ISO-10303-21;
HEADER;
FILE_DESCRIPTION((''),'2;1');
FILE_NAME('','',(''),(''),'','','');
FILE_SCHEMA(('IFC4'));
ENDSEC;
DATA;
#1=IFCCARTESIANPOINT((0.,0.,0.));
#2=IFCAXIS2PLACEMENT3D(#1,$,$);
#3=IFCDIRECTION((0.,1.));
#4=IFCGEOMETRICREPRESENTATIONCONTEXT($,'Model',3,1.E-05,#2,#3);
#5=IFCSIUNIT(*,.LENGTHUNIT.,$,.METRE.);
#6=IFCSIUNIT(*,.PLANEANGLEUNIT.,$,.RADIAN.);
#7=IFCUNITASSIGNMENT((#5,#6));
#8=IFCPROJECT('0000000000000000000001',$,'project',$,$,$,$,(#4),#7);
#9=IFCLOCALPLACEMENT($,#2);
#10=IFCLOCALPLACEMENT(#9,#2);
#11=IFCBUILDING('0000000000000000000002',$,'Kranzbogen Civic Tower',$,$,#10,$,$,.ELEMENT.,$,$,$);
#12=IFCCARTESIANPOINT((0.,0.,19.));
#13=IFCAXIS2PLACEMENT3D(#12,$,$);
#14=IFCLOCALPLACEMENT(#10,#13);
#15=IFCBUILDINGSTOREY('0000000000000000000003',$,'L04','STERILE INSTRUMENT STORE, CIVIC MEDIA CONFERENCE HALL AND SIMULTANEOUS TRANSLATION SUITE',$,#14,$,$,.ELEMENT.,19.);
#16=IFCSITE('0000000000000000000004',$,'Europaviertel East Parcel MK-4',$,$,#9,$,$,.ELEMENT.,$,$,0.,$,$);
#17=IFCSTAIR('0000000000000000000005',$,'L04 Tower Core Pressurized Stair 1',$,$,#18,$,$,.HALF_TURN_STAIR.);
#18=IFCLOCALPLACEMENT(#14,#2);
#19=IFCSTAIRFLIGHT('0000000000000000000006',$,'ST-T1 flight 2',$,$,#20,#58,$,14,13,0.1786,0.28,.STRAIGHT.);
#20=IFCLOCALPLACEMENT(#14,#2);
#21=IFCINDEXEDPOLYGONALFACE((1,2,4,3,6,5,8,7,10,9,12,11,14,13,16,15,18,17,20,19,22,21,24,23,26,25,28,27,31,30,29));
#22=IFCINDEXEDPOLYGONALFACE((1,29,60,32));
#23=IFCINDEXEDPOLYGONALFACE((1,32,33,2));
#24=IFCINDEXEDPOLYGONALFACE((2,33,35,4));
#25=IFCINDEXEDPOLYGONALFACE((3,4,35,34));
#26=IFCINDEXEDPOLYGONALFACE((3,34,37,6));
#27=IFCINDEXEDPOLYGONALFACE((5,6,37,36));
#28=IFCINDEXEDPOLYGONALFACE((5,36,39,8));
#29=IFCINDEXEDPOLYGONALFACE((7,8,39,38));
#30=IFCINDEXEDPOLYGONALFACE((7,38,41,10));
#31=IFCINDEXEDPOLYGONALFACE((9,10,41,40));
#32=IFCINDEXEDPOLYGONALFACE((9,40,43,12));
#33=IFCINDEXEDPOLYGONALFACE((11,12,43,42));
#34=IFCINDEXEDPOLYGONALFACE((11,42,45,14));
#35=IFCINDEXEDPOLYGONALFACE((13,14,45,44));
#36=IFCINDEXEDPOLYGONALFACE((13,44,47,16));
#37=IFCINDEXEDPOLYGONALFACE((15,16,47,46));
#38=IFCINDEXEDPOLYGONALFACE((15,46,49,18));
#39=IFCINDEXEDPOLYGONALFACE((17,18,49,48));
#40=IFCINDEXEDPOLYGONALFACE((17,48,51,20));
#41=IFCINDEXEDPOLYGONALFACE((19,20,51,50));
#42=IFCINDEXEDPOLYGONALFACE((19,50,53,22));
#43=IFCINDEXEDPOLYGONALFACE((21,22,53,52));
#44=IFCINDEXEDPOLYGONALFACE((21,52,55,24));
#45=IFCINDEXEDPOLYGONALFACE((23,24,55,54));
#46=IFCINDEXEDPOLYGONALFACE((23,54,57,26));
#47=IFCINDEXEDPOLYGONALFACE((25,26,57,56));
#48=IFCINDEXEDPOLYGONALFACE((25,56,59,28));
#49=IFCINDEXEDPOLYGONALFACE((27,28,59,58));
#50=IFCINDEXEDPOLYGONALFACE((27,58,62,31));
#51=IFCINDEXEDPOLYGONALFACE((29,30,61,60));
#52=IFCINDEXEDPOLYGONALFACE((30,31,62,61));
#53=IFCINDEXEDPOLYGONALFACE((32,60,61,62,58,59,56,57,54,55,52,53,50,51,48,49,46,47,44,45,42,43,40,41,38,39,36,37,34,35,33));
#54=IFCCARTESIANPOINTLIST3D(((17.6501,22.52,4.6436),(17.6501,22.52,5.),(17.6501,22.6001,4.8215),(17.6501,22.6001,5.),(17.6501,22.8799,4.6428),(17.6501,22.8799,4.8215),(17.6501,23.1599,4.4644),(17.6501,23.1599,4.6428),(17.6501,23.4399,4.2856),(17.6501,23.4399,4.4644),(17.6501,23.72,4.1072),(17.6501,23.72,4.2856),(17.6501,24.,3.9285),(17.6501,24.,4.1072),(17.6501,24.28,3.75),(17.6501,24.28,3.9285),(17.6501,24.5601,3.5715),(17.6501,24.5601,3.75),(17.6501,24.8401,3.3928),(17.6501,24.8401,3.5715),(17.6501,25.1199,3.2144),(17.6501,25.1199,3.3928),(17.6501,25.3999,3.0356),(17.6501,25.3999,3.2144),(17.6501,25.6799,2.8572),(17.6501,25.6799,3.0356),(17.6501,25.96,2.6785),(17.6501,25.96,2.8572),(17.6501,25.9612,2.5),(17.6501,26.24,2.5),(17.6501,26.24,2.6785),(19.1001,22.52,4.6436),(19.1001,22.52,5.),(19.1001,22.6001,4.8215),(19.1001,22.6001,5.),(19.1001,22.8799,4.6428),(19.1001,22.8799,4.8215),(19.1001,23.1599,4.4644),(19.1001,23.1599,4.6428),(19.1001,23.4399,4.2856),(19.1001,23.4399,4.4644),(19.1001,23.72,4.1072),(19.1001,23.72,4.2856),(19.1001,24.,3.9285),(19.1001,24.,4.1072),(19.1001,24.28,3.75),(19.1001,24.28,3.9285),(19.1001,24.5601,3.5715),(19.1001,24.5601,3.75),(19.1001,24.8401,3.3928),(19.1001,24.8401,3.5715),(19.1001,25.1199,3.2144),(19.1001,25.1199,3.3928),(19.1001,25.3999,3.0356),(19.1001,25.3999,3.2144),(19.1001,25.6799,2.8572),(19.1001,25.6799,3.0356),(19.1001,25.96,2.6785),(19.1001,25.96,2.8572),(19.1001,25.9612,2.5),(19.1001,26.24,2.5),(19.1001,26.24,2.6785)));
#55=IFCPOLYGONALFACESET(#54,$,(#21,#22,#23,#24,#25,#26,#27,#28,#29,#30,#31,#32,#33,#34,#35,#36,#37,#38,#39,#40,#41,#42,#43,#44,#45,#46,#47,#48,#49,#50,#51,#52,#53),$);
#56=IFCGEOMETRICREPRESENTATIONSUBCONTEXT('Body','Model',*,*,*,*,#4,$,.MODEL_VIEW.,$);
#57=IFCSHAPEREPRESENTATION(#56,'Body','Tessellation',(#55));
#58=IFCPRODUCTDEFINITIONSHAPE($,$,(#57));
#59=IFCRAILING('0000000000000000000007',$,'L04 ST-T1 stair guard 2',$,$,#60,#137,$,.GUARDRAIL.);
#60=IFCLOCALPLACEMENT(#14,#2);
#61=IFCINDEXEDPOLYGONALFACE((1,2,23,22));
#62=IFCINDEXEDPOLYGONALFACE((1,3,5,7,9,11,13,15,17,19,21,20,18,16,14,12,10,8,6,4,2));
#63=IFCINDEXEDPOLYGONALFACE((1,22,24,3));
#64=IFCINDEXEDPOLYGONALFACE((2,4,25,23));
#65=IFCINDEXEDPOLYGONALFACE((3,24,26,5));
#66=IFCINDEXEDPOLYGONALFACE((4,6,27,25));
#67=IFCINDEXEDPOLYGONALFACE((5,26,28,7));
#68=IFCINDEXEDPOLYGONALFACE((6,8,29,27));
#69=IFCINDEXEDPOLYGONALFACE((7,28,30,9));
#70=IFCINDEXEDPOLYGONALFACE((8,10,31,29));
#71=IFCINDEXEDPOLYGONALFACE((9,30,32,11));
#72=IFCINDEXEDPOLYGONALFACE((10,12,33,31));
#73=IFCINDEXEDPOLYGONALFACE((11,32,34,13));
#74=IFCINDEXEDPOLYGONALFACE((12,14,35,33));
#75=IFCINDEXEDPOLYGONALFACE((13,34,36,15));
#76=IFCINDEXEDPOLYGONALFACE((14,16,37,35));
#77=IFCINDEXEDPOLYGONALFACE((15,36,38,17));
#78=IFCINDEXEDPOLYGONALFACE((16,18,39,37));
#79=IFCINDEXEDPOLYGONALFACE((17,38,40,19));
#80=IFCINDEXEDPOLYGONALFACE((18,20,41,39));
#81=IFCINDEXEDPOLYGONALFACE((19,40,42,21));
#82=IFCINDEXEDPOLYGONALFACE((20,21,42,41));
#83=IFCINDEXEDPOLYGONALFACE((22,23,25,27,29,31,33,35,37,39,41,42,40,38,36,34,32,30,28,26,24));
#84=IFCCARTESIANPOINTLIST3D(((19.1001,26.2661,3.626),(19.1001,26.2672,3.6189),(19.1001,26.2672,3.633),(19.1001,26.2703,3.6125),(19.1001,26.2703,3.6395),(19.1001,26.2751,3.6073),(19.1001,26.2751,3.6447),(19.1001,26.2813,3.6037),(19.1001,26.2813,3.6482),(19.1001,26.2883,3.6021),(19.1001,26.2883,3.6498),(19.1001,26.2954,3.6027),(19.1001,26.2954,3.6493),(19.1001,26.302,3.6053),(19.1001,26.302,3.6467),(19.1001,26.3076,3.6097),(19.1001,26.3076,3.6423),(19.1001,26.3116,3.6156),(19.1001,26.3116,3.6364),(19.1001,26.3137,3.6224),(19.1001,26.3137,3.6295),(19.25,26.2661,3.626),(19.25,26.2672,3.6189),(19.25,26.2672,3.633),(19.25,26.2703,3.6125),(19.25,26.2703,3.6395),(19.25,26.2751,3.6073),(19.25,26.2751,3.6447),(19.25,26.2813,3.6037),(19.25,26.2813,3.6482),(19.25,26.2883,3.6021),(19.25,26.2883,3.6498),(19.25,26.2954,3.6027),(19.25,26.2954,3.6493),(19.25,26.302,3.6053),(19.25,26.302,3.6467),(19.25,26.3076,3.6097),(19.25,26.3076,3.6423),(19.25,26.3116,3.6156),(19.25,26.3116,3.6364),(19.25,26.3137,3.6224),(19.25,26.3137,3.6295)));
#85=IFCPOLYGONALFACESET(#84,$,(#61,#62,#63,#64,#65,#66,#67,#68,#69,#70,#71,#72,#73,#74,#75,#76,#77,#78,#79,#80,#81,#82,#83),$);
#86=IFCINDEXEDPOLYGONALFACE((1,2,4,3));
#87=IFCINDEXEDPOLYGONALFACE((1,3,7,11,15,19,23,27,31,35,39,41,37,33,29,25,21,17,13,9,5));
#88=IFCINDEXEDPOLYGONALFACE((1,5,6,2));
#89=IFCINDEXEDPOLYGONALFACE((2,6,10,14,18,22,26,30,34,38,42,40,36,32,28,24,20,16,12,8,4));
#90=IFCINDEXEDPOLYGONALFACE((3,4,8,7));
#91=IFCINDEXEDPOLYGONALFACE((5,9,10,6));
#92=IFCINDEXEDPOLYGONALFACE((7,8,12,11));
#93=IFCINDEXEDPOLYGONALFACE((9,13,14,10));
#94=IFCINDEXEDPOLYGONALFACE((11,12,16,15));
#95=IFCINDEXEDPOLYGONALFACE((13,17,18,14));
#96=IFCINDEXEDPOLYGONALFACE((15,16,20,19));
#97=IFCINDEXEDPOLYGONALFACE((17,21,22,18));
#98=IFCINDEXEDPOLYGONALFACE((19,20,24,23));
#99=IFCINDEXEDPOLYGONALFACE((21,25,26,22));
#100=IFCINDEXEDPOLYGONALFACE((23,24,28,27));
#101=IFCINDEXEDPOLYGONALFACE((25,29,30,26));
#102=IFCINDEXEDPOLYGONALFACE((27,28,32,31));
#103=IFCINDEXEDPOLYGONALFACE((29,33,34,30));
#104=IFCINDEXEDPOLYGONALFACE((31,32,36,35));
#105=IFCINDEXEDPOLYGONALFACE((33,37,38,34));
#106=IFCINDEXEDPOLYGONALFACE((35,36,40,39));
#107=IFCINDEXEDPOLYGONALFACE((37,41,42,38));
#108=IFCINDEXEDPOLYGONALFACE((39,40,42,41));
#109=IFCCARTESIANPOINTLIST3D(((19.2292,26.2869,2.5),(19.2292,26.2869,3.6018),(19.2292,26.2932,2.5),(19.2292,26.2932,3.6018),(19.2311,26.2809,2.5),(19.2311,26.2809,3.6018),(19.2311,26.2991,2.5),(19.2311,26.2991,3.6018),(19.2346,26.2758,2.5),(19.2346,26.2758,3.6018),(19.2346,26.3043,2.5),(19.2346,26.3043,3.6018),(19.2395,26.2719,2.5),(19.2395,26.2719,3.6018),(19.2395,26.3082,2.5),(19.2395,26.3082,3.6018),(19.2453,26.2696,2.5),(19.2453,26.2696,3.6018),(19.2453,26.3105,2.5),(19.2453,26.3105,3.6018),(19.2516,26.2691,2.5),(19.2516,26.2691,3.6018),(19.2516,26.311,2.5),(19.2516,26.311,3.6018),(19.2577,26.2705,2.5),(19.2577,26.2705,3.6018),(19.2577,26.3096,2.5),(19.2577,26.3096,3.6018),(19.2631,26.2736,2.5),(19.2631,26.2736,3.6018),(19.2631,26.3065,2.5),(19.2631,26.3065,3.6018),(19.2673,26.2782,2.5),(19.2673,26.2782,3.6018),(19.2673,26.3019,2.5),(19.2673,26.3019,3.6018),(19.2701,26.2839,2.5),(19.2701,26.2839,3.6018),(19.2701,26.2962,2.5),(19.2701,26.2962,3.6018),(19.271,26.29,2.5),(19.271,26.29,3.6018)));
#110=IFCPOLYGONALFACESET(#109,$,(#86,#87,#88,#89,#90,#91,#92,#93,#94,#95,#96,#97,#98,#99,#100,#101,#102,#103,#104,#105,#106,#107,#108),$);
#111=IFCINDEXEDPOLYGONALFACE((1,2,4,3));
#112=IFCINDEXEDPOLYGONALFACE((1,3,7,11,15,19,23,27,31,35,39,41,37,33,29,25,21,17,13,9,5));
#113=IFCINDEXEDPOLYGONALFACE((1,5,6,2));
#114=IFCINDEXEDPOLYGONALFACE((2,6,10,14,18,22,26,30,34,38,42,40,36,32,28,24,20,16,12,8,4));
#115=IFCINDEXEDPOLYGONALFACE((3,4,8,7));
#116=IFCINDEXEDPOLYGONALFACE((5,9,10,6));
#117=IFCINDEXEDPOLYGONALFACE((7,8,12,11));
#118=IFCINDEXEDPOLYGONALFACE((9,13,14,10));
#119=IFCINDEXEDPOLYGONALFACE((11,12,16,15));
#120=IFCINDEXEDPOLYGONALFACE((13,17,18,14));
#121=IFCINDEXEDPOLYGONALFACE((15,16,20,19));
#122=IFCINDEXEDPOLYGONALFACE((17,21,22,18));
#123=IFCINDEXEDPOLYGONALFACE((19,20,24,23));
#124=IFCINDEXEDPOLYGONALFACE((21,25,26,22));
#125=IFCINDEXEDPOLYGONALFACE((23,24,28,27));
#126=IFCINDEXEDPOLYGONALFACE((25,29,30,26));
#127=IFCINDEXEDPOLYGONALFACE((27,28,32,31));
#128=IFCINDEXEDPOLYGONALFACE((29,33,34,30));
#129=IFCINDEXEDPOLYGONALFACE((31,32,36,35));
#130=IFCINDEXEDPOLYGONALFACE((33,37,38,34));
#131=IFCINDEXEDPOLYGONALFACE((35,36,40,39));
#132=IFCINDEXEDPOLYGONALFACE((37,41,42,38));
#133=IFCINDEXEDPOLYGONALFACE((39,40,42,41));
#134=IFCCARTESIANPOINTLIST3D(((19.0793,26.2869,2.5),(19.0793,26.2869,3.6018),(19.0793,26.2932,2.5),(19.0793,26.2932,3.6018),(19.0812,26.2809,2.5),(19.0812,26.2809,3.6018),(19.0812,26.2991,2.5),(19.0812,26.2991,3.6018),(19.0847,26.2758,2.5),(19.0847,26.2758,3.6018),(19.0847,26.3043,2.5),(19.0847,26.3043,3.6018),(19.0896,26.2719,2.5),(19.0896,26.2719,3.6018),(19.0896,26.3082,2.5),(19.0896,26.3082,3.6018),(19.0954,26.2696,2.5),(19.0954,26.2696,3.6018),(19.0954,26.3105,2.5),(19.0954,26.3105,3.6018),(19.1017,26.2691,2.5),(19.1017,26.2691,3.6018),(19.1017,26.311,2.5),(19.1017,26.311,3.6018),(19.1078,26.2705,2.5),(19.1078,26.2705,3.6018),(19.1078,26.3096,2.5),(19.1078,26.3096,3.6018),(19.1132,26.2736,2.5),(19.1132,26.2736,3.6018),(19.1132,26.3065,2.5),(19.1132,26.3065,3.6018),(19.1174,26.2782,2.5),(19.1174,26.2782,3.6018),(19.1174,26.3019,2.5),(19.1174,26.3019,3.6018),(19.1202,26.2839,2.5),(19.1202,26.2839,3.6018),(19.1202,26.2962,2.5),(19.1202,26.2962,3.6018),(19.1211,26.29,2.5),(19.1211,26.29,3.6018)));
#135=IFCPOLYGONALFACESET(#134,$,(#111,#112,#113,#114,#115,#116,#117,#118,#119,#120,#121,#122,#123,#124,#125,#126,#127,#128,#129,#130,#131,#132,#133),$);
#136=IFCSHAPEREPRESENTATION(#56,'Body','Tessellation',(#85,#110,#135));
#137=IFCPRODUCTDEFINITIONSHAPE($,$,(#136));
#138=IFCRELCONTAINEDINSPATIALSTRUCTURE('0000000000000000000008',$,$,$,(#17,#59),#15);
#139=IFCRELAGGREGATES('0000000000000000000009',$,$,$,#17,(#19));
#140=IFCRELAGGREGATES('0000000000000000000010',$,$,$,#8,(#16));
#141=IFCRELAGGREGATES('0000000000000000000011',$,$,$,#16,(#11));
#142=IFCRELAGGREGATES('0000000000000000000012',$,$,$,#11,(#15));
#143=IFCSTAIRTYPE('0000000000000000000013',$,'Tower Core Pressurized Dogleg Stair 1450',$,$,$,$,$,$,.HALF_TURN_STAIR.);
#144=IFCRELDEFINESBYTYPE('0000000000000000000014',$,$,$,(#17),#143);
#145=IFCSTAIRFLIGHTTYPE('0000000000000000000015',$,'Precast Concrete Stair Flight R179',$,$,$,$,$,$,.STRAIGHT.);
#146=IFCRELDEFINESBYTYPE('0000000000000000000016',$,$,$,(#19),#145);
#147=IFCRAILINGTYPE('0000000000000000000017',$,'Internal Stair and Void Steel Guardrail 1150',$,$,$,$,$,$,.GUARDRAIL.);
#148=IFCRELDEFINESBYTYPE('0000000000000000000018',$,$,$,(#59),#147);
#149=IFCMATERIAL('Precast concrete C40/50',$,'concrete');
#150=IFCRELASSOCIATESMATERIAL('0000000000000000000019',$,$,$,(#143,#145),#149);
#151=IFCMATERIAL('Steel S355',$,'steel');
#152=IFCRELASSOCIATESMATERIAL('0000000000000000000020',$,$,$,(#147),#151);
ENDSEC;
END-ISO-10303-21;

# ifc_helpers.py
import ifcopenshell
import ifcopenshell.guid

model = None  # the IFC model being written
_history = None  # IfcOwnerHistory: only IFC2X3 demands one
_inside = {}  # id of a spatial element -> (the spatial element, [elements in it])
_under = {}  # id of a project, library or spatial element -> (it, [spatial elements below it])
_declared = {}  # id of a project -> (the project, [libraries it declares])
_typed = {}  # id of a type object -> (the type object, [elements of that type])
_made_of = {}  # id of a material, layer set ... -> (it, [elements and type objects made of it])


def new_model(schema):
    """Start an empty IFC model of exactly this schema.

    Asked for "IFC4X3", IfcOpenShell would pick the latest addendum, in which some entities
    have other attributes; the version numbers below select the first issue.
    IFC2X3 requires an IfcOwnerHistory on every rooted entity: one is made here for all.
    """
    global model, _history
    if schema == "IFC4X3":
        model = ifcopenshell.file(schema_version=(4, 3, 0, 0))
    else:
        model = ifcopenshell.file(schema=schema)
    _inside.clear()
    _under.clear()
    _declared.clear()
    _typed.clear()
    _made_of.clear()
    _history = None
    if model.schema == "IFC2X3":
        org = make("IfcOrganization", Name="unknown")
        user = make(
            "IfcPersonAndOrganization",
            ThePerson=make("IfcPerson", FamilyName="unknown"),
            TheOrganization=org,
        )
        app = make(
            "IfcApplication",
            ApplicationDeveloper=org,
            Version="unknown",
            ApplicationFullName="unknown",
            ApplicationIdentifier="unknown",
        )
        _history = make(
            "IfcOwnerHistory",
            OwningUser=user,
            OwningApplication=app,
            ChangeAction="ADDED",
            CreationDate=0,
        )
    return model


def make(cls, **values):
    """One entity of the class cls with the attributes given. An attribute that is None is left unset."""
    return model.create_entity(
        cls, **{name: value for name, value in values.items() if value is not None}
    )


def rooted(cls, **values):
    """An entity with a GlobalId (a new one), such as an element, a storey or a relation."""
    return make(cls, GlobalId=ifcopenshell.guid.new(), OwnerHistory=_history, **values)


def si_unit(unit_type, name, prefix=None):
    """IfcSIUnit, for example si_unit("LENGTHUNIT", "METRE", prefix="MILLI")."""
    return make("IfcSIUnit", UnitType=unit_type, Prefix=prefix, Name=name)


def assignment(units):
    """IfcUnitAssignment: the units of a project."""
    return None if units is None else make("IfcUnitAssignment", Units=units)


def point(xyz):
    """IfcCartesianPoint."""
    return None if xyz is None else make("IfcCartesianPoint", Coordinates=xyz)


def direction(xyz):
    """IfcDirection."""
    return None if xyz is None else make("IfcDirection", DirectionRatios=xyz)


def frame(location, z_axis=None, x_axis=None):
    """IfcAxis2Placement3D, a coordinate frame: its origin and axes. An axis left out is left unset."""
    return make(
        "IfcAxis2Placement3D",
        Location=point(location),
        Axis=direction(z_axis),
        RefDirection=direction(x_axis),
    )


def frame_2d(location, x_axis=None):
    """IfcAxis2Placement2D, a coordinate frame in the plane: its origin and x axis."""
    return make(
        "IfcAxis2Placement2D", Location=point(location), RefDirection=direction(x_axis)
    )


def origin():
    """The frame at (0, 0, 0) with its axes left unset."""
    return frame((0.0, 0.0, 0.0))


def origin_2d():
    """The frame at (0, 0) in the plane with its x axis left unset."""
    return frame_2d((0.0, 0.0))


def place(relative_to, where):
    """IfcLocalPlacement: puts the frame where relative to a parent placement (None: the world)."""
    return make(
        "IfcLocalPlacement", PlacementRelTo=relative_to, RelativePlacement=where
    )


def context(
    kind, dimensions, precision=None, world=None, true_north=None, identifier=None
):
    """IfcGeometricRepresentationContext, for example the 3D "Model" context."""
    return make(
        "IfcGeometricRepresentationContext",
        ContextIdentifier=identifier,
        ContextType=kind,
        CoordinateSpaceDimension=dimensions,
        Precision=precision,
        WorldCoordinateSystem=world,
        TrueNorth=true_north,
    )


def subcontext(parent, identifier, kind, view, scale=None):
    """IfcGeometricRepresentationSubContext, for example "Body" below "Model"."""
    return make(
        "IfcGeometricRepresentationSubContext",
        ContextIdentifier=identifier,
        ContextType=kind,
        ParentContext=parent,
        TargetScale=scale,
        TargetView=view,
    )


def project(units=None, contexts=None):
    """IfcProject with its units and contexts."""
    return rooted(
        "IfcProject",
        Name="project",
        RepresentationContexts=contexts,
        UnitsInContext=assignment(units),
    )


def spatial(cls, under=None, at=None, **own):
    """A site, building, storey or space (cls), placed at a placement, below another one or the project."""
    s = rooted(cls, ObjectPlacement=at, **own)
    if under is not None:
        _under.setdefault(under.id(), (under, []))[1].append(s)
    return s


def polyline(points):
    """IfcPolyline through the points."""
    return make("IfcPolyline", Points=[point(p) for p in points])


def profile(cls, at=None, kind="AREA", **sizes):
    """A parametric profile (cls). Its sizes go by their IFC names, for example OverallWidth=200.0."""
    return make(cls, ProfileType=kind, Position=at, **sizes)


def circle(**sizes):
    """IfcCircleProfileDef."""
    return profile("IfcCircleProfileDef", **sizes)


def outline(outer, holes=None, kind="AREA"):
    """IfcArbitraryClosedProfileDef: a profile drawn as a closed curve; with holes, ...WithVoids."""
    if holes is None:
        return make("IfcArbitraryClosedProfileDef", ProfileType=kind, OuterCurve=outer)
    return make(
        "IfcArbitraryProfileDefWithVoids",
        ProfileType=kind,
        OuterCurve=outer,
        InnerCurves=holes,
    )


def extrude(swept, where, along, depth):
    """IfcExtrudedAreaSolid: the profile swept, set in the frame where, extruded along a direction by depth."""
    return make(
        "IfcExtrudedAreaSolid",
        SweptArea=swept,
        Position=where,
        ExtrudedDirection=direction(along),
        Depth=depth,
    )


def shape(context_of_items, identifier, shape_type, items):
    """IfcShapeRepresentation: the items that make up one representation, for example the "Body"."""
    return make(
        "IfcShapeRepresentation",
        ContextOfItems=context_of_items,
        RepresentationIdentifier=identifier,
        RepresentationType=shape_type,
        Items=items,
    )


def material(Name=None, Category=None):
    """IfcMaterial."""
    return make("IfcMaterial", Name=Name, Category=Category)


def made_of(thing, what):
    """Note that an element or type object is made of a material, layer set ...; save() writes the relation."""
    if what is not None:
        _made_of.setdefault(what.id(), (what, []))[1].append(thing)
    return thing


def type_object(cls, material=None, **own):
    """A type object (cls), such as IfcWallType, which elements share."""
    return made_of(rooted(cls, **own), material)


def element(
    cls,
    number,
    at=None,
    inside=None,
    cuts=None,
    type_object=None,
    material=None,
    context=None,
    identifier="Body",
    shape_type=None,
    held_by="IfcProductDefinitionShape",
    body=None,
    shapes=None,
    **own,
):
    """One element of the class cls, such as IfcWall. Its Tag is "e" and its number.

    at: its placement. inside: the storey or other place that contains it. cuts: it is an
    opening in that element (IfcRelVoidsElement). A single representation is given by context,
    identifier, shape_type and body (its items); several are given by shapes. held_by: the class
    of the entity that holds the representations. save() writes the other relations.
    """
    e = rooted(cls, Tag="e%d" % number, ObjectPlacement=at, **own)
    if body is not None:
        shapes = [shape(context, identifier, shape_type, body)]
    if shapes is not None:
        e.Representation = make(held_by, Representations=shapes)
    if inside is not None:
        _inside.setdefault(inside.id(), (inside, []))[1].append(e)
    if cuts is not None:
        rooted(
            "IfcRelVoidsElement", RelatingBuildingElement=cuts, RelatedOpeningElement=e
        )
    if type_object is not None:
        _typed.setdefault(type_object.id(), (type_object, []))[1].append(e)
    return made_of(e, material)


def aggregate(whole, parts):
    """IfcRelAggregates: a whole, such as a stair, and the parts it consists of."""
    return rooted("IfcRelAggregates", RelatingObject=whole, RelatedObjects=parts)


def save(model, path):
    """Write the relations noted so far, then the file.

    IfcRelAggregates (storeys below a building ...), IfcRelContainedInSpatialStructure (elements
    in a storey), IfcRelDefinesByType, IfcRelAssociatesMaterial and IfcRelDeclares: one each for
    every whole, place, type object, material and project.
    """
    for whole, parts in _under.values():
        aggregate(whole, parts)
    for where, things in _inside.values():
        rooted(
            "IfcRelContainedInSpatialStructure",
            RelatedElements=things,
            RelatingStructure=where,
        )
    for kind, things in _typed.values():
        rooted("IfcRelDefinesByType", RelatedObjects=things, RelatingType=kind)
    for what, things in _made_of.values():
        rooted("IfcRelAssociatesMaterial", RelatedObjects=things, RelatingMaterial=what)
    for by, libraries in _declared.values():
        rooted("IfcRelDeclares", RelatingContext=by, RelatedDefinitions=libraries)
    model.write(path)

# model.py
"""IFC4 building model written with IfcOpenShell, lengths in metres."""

from ifc_helpers import new_model, si_unit, direction, frame, origin, origin_2d, place, context, subcontext, project, spatial, polyline, circle, outline, extrude, material, type_object, element, aggregate, save


model = new_model("IFC4")

# Units and contexts
model_context = context("Model", 3, precision=1e-05, world=origin(), true_north=direction((0.0, 1.0)))
body_context = subcontext(model_context, "Body", "Model", "MODEL_VIEW")
ifc_project = project(units=[si_unit("LENGTHUNIT", "METRE"), si_unit("PLANEANGLEUNIT", "RADIAN")], contexts=[model_context])

# Site, building, storey
site_placement = place(None, origin())
site = spatial("IfcSite", under=ifc_project, at=site_placement, Name="Europaviertel East Parcel MK-4", CompositionType="ELEMENT", RefElevation=0.0)
building_placement = place(site_placement, origin())
building = spatial("IfcBuilding", under=site, at=building_placement, Name="Kranzbogen Civic Tower", CompositionType="ELEMENT")
storey_placement = place(building_placement, frame((0.0, 0.0, 19.0)))
storey = spatial("IfcBuildingStorey", under=building, at=storey_placement, Name="L04", Description="STERILE INSTRUMENT STORE, CIVIC MEDIA CONFERENCE HALL AND SIMULTANEOUS TRANSLATION SUITE", CompositionType="ELEMENT", Elevation=19.0)

# Shared definitions
ifc_material_1 = material(Name="Steel S355", Category="steel")

# Stair, stair flight
ifc_material_2 = material(Name="Precast concrete C40/50", Category="concrete")
stair_type = type_object("IfcStairType", Name="Tower Core Pressurized Dogleg Stair 1450", PredefinedType="HALF_TURN_STAIR", material=ifc_material_2)
stair_placement = place(storey_placement, origin())
stair = element("IfcStair", 1, at=stair_placement, inside=storey, type_object=stair_type, Name="L04 Tower Core Pressurized Stair 1", PredefinedType="HALF_TURN_STAIR")
stair_flight_type = type_object("IfcStairFlightType", Name="Precast Concrete Stair Flight R179", PredefinedType="STRAIGHT", material=ifc_material_2)
stair_flight_placement = place(storey_placement, frame((18.375, 26.24, 2.5), z_axis=(0.0, 0.0, 1.0), x_axis=(0.0, -1.0, 0.0)))
stair_flight = element("IfcStairFlight", 2, at=stair_flight_placement, type_object=stair_flight_type, Name="ST-T1 flight 2", NumberOfRisers=14, NumberOfTreads=13, PredefinedType="STRAIGHT", RiserHeight=0.1786, TreadLength=0.28, context=body_context, shape_type="SweptSolid", body=[
    extrude(outline(polyline([(0.0, 0.0), (0.0, 0.1785), (0.28, 0.1785), (0.28, 0.3572), (0.5601, 0.3572), (0.5601, 0.5356), (0.8401, 0.5356), (0.8401, 0.7144), (1.1201, 0.7144), (1.1201, 0.8928), (1.3999, 0.8928), (1.3999, 1.0715), (1.6799, 1.0715), (1.6799, 1.25), (1.96, 1.25), (1.96, 1.4285), (2.24, 1.4285), (2.24, 1.6072), (2.52, 1.6072), (2.52, 1.7856), (2.8, 1.7856), (2.8, 1.9644), (3.0801, 1.9644), (3.0801, 2.1428), (3.3601, 2.1428), (3.3601, 2.3215), (3.6399, 2.3215), (3.6399, 2.5), (3.72, 2.5), (3.72, 2.1436), (0.2788, 0.0), (0.0, 0.0)])), frame((0.0, 0.7251, 0.0), z_axis=(0.0, -1.0, 0.0), x_axis=(1.0, 0.0, 0.0)), (0.0, 0.0, 1.0), 1.45),
])
aggregate(stair, [stair_flight])

# Railing
railing_type_1 = type_object("IfcRailingType", Name="Internal Stair and Void Steel Guardrail 1150", PredefinedType="GUARDRAIL", material=ifc_material_1)
railing_1_placement = place(storey_placement, frame((19.25, 26.29, 2.5)))
element("IfcRailing", 3, at=railing_1_placement, inside=storey, type_object=railing_type_1, Name="L04 ST-T1 stair guard 2", PredefinedType="GUARDRAIL", context=body_context, shape_type="SweptSolid", body=[
    extrude(circle(Radius=0.0239, at=origin_2d()), frame((0.0, 0.0, 1.126), z_axis=(-1.0, 0.0, 0.0), x_axis=(0.0, -1.0, 0.0)), (0.0, 0.0, 1.0), 0.1499),
    extrude(circle(Radius=0.021, at=origin_2d()), origin(), (0.0, 0.0, 1.0), 1.1018),
    extrude(circle(Radius=0.021, at=origin_2d()), frame((-0.1499, 0.0, 0.0)), (0.0, 0.0, 1.0), 1.1018),
])

save(model, "model.ifc")
